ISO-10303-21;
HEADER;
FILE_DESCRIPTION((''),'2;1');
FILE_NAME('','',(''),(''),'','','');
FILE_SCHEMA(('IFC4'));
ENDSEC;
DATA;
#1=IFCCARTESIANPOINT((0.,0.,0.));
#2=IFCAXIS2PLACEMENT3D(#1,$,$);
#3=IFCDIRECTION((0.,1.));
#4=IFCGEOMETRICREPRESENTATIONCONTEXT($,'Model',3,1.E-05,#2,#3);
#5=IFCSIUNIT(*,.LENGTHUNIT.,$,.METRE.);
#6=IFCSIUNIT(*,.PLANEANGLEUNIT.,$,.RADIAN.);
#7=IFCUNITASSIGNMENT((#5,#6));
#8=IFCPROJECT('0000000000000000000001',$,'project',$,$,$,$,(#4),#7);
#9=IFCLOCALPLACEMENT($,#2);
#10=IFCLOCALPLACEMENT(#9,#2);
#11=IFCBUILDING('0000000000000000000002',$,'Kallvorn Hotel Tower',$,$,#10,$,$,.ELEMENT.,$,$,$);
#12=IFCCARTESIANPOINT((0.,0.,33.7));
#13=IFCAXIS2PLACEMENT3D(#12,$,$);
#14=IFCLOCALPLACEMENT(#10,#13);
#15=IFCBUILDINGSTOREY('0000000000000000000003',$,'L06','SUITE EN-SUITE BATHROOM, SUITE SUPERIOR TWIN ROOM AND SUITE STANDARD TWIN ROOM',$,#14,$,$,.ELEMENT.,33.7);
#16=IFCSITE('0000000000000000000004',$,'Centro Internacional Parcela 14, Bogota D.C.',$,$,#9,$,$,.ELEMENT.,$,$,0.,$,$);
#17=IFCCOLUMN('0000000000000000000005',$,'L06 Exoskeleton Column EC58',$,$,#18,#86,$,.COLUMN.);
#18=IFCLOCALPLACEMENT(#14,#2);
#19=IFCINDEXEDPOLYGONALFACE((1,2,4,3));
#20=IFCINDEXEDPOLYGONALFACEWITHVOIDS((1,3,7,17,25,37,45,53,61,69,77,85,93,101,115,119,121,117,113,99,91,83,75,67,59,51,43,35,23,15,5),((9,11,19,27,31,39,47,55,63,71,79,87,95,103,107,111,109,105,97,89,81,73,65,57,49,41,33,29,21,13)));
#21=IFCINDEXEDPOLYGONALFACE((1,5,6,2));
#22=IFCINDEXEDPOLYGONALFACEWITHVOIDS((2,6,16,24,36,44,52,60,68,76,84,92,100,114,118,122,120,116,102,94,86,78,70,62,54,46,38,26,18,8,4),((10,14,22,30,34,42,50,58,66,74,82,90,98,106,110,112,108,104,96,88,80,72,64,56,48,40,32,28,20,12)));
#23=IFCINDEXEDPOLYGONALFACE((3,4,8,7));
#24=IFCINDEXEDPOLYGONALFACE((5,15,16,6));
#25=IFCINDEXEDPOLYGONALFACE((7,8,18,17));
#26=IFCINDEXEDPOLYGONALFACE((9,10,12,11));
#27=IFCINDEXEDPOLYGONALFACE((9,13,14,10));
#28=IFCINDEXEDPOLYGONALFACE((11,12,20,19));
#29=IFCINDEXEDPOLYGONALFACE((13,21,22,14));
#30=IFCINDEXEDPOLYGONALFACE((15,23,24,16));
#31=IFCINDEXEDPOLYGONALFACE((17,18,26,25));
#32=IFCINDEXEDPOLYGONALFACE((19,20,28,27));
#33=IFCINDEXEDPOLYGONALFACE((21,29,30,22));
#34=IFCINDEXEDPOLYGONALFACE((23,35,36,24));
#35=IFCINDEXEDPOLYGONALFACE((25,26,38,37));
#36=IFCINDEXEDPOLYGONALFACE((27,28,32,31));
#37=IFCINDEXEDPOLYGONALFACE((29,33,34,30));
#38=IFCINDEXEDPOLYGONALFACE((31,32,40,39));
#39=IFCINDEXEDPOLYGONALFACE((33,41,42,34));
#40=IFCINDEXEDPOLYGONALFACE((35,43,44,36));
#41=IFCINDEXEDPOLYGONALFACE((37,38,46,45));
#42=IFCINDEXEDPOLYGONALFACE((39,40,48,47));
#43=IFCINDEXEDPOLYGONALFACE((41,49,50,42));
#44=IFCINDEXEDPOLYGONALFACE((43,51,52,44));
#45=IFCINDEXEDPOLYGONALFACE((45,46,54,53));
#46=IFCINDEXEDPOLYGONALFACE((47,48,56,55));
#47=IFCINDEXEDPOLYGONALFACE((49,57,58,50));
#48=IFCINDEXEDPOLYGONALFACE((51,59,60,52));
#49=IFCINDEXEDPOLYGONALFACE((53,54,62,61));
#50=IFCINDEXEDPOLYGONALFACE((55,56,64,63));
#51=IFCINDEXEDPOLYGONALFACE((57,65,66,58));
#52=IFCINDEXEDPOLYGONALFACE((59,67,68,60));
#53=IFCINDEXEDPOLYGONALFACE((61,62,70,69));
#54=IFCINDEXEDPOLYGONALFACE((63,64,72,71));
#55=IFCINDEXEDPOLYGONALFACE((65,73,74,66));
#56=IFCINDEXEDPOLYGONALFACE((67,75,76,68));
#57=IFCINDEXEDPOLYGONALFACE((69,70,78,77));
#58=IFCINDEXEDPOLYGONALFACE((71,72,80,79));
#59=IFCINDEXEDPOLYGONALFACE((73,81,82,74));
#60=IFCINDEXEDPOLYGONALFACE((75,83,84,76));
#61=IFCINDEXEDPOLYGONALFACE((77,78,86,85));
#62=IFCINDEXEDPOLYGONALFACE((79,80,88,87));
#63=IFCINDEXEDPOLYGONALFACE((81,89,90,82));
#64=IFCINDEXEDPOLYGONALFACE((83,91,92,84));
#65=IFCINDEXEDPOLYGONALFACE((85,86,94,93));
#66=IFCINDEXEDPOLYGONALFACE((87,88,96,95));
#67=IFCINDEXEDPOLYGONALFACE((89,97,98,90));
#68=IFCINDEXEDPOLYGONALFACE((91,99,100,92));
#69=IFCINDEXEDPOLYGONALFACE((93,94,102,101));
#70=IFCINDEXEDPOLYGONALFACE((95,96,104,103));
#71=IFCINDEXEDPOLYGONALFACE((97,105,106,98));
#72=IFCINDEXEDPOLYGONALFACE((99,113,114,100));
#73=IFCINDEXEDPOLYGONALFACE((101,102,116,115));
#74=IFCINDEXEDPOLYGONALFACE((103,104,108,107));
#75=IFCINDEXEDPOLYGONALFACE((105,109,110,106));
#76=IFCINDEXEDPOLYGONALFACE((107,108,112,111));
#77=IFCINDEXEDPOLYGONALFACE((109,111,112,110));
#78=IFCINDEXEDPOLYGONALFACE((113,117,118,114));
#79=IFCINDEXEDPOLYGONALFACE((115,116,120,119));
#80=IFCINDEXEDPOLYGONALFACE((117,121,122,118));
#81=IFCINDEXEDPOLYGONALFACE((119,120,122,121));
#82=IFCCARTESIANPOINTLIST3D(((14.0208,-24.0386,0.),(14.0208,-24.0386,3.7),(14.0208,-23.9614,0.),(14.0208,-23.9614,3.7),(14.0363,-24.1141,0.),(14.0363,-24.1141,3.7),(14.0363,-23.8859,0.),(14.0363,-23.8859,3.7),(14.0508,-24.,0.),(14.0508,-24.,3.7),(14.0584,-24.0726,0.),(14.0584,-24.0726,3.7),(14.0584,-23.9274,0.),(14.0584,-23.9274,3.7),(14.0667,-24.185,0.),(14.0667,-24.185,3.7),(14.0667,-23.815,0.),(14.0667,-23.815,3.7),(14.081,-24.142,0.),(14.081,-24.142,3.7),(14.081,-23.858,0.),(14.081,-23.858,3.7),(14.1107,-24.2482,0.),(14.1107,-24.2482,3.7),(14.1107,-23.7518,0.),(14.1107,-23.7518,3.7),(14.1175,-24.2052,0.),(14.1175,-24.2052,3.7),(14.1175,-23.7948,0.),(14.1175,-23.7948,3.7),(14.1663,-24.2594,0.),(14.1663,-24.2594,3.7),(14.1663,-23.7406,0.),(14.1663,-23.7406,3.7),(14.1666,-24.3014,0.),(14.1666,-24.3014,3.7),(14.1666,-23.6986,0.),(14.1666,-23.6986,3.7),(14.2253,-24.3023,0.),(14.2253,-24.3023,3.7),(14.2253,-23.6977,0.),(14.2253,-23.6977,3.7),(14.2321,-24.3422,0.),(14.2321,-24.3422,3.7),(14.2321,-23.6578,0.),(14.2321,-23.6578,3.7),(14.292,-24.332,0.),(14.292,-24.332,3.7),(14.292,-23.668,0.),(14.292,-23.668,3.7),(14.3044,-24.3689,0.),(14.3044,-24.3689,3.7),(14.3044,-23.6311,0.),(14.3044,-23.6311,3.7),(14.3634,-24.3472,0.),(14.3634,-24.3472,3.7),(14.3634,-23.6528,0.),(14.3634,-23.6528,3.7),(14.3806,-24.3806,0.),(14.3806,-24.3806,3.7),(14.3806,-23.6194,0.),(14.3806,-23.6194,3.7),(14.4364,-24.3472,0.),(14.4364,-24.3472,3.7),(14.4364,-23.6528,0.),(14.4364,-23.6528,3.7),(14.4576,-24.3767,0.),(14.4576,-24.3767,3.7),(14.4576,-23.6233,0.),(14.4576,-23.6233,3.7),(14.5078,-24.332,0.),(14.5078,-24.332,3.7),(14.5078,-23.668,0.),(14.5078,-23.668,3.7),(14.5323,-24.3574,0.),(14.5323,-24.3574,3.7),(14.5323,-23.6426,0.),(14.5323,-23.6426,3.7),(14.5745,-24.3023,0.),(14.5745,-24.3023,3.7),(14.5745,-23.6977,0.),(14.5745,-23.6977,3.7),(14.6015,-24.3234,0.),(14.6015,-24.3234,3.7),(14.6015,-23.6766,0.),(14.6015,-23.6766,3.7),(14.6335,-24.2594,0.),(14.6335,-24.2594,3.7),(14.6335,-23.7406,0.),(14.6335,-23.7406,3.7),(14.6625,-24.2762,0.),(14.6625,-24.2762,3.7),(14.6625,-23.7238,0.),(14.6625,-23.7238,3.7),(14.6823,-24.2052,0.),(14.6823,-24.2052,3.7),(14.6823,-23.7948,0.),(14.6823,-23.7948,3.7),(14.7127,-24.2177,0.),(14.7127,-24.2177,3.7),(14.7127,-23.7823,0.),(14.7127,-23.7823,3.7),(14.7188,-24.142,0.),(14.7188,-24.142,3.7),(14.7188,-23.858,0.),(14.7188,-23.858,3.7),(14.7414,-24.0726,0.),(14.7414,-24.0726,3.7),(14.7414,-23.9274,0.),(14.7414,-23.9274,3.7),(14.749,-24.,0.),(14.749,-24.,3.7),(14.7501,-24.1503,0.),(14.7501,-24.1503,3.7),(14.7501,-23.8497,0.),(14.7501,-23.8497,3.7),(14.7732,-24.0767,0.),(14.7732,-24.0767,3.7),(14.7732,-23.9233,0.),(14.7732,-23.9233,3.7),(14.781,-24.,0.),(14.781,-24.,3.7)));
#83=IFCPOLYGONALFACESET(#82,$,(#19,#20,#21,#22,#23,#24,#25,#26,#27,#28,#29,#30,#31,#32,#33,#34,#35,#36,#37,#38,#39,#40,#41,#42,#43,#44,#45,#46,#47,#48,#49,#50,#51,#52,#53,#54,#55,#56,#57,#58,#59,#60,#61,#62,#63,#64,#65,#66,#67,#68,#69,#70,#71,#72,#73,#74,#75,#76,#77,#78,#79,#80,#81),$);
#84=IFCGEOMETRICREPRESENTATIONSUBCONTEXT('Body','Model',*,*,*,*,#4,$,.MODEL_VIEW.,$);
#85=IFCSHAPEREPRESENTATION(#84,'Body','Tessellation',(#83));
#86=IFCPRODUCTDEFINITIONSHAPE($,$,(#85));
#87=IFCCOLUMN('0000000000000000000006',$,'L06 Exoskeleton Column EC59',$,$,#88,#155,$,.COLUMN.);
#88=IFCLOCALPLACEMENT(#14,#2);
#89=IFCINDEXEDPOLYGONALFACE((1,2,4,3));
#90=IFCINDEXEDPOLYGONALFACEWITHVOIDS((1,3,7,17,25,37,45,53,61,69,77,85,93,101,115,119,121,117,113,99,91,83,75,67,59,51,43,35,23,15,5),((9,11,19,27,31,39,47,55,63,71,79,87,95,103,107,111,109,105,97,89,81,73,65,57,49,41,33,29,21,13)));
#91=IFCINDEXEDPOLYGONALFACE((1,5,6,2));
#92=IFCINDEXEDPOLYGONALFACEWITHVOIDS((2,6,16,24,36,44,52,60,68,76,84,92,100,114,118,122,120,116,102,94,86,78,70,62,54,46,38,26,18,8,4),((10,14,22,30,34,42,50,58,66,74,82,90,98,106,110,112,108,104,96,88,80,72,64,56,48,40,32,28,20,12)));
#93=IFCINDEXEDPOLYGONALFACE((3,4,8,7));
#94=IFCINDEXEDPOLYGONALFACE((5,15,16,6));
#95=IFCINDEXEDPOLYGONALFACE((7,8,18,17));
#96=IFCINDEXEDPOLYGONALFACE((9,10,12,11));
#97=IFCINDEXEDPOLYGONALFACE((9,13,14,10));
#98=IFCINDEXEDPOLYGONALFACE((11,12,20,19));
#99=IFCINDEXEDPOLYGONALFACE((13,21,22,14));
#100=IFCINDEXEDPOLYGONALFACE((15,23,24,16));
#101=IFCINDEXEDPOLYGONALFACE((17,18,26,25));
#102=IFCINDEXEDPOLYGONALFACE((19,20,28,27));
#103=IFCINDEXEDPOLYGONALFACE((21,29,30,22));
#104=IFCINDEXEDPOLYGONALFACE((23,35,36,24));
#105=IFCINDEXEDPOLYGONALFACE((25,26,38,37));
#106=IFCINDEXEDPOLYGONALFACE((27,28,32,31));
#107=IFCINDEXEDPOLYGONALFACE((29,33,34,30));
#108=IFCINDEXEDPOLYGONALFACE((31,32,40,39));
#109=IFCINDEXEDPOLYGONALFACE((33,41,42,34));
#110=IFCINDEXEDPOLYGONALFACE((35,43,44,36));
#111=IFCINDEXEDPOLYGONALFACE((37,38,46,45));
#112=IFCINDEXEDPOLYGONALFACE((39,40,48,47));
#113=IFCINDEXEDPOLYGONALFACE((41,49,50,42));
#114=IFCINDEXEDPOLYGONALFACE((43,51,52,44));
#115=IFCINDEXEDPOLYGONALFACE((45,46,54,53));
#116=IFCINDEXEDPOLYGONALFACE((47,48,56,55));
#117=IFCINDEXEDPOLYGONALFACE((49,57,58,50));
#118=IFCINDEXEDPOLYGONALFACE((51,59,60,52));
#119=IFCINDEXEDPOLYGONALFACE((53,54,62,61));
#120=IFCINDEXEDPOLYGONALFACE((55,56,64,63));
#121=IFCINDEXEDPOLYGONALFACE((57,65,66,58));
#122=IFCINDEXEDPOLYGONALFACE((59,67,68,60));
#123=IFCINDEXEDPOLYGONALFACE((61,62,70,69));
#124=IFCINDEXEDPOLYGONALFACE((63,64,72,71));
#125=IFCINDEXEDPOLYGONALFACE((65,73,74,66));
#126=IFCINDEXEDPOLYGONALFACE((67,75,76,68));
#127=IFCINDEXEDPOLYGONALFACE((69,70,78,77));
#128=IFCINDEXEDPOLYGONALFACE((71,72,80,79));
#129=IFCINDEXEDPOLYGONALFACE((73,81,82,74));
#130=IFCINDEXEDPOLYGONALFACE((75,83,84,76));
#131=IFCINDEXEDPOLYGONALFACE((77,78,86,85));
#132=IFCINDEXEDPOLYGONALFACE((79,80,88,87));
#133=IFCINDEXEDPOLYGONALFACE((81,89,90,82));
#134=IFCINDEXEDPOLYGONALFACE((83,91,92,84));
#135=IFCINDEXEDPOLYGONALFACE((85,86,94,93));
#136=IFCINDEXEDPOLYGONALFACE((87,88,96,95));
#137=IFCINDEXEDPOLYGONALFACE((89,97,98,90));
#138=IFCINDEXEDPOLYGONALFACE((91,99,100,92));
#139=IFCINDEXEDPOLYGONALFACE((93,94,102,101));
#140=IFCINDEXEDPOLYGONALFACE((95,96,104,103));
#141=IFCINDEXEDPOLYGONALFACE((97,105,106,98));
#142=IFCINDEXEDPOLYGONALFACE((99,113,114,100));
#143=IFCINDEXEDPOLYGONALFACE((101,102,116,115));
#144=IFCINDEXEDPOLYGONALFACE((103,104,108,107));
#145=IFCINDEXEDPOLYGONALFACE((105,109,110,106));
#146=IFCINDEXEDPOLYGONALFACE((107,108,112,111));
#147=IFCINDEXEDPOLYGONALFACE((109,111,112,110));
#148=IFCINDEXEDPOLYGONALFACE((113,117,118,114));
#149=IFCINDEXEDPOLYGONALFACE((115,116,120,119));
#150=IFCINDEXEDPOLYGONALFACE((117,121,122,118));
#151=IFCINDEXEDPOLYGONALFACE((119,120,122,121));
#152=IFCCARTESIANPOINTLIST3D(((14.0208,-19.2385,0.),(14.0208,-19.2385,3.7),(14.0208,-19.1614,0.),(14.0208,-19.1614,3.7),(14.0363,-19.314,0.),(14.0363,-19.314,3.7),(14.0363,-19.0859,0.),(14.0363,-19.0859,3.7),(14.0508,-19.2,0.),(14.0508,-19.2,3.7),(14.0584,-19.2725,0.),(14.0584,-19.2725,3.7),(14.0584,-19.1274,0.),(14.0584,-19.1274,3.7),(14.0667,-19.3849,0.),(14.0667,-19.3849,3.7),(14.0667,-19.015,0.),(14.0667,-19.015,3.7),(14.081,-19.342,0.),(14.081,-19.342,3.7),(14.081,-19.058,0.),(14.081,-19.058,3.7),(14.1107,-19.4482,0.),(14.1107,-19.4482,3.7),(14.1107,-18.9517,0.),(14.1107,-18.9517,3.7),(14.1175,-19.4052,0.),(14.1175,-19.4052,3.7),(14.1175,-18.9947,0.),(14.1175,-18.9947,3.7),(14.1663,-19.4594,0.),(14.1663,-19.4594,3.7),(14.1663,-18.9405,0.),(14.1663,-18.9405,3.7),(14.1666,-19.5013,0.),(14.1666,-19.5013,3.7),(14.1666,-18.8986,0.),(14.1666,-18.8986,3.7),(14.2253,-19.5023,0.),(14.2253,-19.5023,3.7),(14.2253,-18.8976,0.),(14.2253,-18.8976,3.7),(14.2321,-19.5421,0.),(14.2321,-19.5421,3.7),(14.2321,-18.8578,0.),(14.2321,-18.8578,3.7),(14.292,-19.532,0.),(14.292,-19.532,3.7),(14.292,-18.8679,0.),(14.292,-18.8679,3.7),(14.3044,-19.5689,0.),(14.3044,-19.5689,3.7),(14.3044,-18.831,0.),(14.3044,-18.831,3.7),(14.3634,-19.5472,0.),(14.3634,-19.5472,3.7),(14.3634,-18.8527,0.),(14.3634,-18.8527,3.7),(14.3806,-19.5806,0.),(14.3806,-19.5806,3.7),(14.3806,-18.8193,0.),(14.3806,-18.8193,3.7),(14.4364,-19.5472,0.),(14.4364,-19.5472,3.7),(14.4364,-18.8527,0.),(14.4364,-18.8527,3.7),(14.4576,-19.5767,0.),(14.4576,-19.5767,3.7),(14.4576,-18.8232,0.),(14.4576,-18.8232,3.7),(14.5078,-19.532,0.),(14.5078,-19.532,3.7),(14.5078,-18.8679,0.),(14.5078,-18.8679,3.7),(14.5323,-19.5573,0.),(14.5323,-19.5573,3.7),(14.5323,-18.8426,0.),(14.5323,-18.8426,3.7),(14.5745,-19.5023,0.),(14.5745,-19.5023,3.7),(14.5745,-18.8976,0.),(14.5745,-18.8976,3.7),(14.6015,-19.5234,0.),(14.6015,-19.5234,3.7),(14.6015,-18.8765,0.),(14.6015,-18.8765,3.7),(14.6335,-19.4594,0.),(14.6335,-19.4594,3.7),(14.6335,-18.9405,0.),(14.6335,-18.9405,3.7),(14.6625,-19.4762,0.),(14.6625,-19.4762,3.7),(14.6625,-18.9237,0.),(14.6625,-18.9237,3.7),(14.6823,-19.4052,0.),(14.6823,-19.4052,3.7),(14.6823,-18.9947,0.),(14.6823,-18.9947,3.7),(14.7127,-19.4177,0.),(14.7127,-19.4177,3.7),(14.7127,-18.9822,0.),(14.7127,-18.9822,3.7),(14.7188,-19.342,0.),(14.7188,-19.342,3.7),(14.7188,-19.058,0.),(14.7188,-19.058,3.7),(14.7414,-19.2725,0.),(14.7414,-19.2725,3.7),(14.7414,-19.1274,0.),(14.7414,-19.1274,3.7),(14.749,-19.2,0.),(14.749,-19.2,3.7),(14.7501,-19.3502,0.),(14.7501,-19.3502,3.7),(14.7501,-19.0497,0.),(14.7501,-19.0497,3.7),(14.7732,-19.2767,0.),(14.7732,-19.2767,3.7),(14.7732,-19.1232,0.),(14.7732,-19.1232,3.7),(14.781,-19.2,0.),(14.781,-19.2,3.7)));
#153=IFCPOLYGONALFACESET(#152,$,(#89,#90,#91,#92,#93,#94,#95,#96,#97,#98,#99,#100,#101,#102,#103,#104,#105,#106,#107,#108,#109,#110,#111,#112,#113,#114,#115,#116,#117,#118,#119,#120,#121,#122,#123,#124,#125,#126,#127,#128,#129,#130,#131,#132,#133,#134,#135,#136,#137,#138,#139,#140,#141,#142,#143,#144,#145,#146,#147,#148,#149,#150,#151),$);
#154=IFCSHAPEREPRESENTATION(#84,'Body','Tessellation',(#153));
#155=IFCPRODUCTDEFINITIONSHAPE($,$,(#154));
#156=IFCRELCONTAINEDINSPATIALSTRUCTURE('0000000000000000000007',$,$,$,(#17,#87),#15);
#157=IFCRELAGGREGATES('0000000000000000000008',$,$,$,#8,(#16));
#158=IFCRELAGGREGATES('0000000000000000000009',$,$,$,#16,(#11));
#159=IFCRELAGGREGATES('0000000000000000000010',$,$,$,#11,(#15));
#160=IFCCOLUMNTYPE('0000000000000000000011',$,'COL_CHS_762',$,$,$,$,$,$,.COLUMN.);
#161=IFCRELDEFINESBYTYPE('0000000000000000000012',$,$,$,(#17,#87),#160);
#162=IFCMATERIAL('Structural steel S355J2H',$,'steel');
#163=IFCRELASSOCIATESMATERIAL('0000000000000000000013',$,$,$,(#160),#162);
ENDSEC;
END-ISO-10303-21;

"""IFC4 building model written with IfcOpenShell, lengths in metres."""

from ifc_helpers import new_model, si_unit, direction, frame, origin, origin_2d, place, context, subcontext, project, spatial, hollow_circle, extrude, material, material_profile, profile_set, type_object, element, save


model = new_model("IFC4")

# Units and contexts
model_context = context("Model", 3, precision=1e-05, world=origin(), true_north=direction((0.0, 1.0)))
body_context = subcontext(model_context, "Body", "Model", "MODEL_VIEW")
ifc_project = project(units=[si_unit("LENGTHUNIT", "METRE"), si_unit("PLANEANGLEUNIT", "RADIAN")], contexts=[model_context])

# Site, building, storey
site_placement = place(None, origin())
site = spatial("IfcSite", under=ifc_project, at=site_placement, Name="Centro Internacional Parcela 14, Bogota D.C.", CompositionType="ELEMENT", RefElevation=0.0)
building_placement = place(site_placement, origin())
building = spatial("IfcBuilding", under=site, at=building_placement, Name="Kallvorn Hotel Tower", CompositionType="ELEMENT")
storey_placement = place(building_placement, frame((0.0, 0.0, 33.7)))
storey = spatial("IfcBuildingStorey", under=building, at=storey_placement, Name="L06", Description="SUITE EN-SUITE BATHROOM, SUITE SUPERIOR TWIN ROOM AND SUITE STANDARD TWIN ROOM", CompositionType="ELEMENT", Elevation=33.7)

# Columns
ifc_material_1 = material(Name="Structural steel S355J2H", Category="steel")
ifc_material_profile_1 = material_profile(ifc_material_1, hollow_circle(Radius=0.3811, WallThickness=0.032, at=origin_2d()), Name="CHS 762x32")
ifc_profile_set_1 = profile_set([ifc_material_profile_1], Name="Structural steel S355J2H")
column_type_1 = type_object("IfcColumnType", Name="COL_CHS_762", PredefinedType="COLUMN", material=ifc_profile_set_1)
for number, where, z_axis, x_axis, name in (
    (1, (14.3999, -24.0, 0.0), (0.0, 0.0, 1.0), (1.0, 0.0, 0.0), "L06 Exoskeleton Column EC58"),
    (2, (14.3999, -19.2, 0.0), (0.0, 0.0, 1.0), (1.0, 0.0, 0.0), "L06 Exoskeleton Column EC59"),
):
    element("IfcColumn", number, at=place(storey_placement, frame(where, z_axis=z_axis, x_axis=x_axis)), inside=storey, type_object=column_type_1, Name=name, PredefinedType="COLUMN", context=body_context, shape_type="SweptSolid", body=[
        extrude(hollow_circle(Radius=0.3811, WallThickness=0.032, at=origin_2d()), origin(), (0.0, 0.0, 1.0), 3.7),
    ])

save(model, "model.ifc")
